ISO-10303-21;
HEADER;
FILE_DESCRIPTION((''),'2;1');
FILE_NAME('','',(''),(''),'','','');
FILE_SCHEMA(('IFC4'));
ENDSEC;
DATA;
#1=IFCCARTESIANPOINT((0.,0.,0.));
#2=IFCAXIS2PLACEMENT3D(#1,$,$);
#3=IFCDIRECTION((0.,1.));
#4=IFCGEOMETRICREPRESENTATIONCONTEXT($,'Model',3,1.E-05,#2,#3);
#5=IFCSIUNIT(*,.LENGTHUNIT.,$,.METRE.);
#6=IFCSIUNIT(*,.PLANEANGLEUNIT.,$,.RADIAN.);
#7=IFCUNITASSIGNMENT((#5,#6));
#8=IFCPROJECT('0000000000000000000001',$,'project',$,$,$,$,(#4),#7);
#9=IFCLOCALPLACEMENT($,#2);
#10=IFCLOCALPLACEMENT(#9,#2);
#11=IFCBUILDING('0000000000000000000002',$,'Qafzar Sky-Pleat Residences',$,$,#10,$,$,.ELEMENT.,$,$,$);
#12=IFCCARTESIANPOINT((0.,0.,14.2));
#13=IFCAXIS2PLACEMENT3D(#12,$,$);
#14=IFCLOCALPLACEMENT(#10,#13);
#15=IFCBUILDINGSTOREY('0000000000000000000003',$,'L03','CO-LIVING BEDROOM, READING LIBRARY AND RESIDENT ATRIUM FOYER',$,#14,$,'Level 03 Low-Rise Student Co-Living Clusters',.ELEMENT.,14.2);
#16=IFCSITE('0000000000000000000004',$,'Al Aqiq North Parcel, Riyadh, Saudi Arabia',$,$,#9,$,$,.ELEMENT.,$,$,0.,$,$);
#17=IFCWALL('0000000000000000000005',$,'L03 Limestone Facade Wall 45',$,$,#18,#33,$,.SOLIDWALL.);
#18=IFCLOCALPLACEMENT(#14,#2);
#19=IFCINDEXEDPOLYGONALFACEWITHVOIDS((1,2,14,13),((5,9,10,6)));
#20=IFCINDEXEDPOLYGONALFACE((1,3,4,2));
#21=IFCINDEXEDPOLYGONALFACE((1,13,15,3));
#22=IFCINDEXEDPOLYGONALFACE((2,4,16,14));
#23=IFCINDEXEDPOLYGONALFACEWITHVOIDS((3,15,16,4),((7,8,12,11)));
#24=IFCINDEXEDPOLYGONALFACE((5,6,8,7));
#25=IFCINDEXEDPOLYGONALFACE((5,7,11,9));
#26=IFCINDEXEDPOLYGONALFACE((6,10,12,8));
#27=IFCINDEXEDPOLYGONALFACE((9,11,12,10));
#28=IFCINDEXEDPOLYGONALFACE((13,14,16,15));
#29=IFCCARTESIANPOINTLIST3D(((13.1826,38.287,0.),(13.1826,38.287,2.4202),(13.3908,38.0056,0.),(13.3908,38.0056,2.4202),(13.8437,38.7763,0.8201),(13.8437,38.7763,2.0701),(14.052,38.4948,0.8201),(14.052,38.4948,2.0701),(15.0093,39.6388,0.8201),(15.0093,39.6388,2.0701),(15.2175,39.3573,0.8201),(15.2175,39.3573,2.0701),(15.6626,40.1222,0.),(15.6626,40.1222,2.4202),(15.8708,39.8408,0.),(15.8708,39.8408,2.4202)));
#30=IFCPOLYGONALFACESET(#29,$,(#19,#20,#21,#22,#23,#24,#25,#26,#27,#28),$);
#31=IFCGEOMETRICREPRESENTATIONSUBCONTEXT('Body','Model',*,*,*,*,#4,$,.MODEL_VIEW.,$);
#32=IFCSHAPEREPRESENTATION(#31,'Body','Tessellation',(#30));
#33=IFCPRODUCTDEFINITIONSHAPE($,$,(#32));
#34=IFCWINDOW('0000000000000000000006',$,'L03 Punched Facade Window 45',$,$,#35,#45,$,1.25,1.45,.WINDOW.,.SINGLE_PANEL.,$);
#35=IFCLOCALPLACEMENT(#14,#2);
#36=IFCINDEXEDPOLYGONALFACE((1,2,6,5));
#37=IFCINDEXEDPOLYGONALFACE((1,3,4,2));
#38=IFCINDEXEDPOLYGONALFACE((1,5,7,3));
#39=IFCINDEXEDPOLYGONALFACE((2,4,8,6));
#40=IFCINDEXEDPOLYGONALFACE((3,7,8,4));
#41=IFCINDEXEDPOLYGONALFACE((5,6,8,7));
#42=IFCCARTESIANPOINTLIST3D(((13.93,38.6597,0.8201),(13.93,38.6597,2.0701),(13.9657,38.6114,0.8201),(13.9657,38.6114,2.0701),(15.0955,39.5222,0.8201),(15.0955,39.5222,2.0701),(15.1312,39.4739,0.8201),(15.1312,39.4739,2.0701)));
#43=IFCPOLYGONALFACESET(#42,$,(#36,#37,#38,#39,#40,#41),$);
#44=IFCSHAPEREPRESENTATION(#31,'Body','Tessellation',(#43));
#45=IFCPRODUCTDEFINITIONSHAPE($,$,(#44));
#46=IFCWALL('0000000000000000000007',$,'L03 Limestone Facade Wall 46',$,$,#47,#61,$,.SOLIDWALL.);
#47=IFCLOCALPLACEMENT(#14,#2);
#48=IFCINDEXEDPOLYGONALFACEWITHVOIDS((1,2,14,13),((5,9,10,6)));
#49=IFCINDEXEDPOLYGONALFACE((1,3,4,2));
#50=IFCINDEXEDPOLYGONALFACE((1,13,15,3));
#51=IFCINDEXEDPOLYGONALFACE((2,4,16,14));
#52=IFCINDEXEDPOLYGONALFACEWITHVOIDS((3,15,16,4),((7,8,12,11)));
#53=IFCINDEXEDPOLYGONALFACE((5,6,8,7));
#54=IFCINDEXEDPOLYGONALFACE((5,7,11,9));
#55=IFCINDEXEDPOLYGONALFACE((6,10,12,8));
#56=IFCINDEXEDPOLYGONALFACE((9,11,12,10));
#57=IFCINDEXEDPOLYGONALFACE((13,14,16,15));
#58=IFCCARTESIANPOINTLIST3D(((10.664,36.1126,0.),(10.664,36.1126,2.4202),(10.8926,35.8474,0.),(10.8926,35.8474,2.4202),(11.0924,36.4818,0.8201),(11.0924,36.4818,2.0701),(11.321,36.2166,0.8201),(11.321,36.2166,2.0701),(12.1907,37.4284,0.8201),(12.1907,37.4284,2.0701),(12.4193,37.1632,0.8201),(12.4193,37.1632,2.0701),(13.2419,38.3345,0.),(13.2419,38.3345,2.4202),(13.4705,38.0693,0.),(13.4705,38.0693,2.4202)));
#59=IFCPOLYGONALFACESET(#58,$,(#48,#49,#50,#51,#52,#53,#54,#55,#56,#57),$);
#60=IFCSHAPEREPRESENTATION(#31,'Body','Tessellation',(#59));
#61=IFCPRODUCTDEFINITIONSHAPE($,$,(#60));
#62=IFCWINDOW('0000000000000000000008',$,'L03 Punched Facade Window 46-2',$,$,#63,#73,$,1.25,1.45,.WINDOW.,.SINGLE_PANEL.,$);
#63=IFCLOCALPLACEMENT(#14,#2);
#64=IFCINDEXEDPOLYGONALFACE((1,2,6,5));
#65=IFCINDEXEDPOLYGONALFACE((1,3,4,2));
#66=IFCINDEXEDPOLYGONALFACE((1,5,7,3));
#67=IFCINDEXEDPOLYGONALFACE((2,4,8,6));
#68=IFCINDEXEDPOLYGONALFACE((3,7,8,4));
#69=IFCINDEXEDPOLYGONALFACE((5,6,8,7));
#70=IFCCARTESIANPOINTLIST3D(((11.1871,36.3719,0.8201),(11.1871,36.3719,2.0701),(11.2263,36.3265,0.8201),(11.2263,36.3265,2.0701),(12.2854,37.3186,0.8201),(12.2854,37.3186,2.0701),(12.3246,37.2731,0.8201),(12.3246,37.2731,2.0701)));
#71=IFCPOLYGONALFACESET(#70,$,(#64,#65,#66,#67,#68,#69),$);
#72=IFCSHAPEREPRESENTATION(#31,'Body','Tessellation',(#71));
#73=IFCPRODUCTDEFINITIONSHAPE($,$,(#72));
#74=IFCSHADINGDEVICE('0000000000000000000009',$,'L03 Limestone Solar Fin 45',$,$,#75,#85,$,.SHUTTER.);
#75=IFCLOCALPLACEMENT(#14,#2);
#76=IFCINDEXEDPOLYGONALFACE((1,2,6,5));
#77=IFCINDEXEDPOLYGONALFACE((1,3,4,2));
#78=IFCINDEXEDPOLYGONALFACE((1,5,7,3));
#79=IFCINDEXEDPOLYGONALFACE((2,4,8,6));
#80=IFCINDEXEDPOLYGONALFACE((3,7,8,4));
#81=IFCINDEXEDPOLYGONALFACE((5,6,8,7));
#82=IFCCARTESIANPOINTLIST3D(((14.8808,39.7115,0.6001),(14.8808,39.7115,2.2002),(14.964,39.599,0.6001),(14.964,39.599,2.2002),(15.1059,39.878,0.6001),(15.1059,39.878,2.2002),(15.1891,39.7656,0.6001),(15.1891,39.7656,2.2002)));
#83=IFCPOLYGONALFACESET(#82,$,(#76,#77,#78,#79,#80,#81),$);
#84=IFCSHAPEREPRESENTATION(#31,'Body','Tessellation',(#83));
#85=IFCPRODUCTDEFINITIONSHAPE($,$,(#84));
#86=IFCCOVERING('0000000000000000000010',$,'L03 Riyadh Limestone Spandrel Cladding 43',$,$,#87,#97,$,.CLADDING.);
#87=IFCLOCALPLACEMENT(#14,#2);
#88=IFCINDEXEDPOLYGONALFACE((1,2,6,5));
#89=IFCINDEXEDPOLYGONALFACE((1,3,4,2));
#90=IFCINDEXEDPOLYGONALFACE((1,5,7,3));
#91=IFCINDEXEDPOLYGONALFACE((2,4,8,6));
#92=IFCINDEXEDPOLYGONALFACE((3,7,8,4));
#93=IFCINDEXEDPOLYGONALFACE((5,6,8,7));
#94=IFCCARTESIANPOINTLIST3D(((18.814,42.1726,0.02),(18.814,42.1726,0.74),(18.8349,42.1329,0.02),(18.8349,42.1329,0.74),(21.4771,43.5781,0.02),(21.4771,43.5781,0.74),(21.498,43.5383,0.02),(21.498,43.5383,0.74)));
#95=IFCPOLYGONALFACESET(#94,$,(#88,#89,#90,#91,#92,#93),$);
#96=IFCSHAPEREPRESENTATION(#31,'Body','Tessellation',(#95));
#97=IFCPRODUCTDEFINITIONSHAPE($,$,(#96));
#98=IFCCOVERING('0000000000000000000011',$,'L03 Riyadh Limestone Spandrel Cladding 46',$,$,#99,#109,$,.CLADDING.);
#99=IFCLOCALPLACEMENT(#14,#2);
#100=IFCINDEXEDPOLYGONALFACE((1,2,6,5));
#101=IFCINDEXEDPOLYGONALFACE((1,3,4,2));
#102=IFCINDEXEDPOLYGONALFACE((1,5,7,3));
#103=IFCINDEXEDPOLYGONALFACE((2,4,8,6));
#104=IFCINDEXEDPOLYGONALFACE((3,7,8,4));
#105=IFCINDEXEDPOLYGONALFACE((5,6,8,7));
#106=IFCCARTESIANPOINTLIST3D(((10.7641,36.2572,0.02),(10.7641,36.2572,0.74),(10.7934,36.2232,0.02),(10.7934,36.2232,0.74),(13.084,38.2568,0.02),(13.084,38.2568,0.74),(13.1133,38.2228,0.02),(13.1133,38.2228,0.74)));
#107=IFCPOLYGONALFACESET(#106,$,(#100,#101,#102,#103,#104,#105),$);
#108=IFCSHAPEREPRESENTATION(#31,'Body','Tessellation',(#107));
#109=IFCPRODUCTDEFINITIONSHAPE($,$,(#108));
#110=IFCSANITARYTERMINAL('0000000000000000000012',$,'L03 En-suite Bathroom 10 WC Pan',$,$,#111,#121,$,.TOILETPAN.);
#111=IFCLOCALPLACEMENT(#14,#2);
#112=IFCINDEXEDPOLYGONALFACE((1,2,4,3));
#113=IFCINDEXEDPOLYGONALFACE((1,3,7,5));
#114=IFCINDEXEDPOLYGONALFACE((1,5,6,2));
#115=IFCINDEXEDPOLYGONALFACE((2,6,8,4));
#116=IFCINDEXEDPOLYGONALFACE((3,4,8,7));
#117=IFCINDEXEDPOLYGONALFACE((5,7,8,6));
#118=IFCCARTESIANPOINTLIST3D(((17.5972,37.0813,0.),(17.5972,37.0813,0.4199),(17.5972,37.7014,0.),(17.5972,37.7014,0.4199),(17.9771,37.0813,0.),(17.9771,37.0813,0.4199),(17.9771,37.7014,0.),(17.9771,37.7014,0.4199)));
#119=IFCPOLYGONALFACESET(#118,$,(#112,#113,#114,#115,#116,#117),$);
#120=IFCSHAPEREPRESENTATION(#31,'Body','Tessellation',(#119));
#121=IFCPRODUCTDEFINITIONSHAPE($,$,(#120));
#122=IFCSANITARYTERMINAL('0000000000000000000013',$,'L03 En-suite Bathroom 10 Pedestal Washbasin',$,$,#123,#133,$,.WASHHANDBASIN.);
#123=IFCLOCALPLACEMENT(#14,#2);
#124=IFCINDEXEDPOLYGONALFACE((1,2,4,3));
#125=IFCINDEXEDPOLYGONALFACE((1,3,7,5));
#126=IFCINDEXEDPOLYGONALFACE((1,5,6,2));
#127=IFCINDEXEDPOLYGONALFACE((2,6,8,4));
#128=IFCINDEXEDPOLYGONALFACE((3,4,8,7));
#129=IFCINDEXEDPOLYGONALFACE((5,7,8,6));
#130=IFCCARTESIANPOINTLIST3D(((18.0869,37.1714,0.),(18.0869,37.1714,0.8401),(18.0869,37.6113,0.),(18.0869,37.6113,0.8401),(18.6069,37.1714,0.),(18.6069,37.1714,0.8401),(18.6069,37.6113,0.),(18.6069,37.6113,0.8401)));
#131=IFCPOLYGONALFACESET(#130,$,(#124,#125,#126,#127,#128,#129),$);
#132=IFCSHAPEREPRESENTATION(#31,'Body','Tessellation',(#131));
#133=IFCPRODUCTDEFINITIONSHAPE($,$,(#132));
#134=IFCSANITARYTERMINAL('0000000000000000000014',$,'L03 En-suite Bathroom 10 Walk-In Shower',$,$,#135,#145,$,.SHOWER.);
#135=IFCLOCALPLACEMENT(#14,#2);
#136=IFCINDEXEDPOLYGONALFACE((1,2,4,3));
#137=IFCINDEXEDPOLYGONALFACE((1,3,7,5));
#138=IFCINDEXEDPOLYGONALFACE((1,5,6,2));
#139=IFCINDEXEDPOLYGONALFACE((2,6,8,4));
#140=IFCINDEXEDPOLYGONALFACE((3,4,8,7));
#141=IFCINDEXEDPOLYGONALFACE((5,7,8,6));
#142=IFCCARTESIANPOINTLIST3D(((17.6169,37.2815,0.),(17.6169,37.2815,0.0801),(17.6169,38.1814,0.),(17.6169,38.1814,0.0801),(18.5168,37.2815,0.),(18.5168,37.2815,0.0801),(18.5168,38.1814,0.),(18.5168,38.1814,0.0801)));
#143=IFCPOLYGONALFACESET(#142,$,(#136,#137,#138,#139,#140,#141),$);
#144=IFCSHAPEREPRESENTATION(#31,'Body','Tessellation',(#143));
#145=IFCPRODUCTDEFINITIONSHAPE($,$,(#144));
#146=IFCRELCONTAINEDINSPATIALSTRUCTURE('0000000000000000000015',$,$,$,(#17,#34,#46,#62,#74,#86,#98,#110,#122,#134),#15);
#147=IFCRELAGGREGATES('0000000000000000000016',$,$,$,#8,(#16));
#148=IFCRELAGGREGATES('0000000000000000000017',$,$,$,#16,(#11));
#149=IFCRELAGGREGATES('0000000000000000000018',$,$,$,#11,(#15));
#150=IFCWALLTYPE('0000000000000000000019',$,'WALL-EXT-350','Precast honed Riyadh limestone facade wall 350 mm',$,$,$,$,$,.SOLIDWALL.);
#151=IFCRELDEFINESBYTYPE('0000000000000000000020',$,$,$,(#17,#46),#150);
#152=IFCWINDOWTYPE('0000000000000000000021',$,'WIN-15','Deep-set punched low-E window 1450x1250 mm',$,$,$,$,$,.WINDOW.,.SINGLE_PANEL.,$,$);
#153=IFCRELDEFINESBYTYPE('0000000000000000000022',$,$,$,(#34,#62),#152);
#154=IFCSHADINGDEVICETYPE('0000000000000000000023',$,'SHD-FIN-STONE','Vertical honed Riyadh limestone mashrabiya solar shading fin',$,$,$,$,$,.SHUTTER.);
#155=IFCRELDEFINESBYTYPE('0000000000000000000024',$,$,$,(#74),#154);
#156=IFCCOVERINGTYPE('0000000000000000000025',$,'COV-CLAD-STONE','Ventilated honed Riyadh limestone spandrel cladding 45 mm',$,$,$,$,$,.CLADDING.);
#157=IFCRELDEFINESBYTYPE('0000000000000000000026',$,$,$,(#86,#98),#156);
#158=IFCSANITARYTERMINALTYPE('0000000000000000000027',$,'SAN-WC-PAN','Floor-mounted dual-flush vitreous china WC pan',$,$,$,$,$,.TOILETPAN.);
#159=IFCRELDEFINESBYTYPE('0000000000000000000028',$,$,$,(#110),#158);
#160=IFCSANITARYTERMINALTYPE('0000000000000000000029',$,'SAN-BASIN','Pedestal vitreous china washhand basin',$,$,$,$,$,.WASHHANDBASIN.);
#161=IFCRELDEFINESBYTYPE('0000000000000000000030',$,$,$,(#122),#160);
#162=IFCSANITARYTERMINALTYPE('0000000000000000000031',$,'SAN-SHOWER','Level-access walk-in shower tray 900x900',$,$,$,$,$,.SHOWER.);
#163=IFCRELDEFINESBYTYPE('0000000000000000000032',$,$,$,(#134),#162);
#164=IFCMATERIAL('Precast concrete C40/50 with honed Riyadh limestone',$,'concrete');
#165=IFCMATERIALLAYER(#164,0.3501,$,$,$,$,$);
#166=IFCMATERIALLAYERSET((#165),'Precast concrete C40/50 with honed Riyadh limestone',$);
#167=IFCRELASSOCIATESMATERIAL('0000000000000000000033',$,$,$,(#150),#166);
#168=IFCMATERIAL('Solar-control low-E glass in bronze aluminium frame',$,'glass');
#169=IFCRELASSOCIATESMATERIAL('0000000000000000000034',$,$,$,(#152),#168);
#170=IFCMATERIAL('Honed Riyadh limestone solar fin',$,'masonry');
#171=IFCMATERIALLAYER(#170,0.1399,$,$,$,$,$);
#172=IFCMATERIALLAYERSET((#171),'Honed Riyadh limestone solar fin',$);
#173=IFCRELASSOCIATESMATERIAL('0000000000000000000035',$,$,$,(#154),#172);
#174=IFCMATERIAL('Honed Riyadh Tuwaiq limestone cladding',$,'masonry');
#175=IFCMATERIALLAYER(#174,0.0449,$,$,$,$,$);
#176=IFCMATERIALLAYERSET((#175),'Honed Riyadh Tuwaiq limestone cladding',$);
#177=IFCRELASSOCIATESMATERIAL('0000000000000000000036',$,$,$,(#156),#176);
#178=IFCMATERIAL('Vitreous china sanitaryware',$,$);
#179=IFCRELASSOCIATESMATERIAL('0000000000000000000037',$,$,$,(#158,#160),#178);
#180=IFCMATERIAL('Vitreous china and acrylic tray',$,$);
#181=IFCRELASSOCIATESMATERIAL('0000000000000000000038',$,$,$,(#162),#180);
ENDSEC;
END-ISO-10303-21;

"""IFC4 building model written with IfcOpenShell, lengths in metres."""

from ifc_helpers import new_model, si_unit, direction, frame, frame_2d, origin, origin_2d, place, context, subcontext, project, spatial, rectangle, extrude, source, transform, mapped, material, layer, layer_set, type_object, element, fill, save


model = new_model("IFC4")

# Units and contexts
model_context = context("Model", 3, precision=1e-05, world=origin(), true_north=direction((0.0, 1.0)))
body_context = subcontext(model_context, "Body", "Model", "MODEL_VIEW")
ifc_project = project(units=[si_unit("LENGTHUNIT", "METRE"), si_unit("PLANEANGLEUNIT", "RADIAN")], contexts=[model_context])

# Site, building, storey
site_placement = place(None, origin())
site = spatial("IfcSite", under=ifc_project, at=site_placement, Name="Al Aqiq North Parcel, Riyadh, Saudi Arabia", CompositionType="ELEMENT", RefElevation=0.0)
building_placement = place(site_placement, origin())
building = spatial("IfcBuilding", under=site, at=building_placement, Name="Qafzar Sky-Pleat Residences", CompositionType="ELEMENT")
storey_placement = place(building_placement, frame((0.0, 0.0, 14.2)))
storey = spatial("IfcBuildingStorey", under=building, at=storey_placement, Name="L03", Description="CO-LIVING BEDROOM, READING LIBRARY AND RESIDENT ATRIUM FOYER", LongName="Level 03 Low-Rise Student Co-Living Clusters", CompositionType="ELEMENT", Elevation=14.2)

# Walls, openings, windows
ifc_material_1 = material(Name="Precast concrete C40/50 with honed Riyadh limestone", Category="concrete")
ifc_layer_1 = layer(ifc_material_1, 0.3501)
ifc_layer_set_1 = layer_set([ifc_layer_1], Name="Precast concrete C40/50 with honed Riyadh limestone")
wall_type_1 = type_object("IfcWallType", Name="WALL-EXT-350", Description="Precast honed Riyadh limestone facade wall 350 mm", PredefinedType="SOLIDWALL", material=ifc_layer_set_1)
ifc_material_2 = material(Name="Solar-control low-E glass in bronze aluminium frame", Category="glass")
wall_1_placement = place(storey_placement, frame((15.7666, 39.9814, 0.0), z_axis=(0.0, 0.0, 1.0), x_axis=(-0.803839, -0.594847, 0.0)))
wall_1 = element("IfcWall", 1, at=wall_1_placement, inside=storey, type_object=wall_type_1, Name="L03 Limestone Facade Wall 45", PredefinedType="SOLIDWALL", context=body_context, shape_type="SweptSolid", body=[
    extrude(rectangle(XDim=3.0852, YDim=0.3501, at=frame_2d((1.5425, 0.0))), origin(), (0.0, 0.0, 1.0), 2.4202),
])
opening_1_placement = place(wall_1_placement, frame((0.8125, 0.0, 0.8201)))
opening_1 = element("IfcOpeningElement", 2, at=opening_1_placement, cuts=wall_1, PredefinedType="OPENING", context=body_context, shape_type="SweptSolid", body=[
    extrude(rectangle(XDim=1.45, YDim=1.25, at=frame_2d((0.7251, 0.625))), frame((0.0, 0.1851, 0.0), z_axis=(0.0, -1.0, 0.0), x_axis=(1.0, 0.0, 0.0)), (0.0, 0.0, 1.0), 0.3701),
])
window_type_1 = type_object("IfcWindowType", Name="WIN-15", Description="Deep-set punched low-E window 1450x1250 mm", PartitioningType="SINGLE_PANEL", PredefinedType="WINDOW", material=ifc_material_2)
shared_shape_1 = source(origin(), body_context, "Body", "SweptSolid", [
    extrude(rectangle(XDim=1.45, YDim=1.25, at=frame_2d((0.7251, 0.625))), frame((0.0, 0.03, 0.0), z_axis=(0.0, -1.0, 0.0), x_axis=(1.0, 0.0, 0.0)), (0.0, 0.0, 1.0), 0.0601),
])
window_1_placement = place(opening_1_placement, origin())
window_1 = element("IfcWindow", 3, at=window_1_placement, inside=storey, type_object=window_type_1, Name="L03 Punched Facade Window 45", OverallHeight=1.25, OverallWidth=1.45, PartitioningType="SINGLE_PANEL", PredefinedType="WINDOW", context=body_context, shape_type="MappedRepresentation", body=[
    mapped(shared_shape_1, transform((0.0, 0.0, 0.0), x_axis=(1.0, 0.0, 0.0), y_axis=(0.0, 1.0, 0.0), z_axis=(0.0, 0.0, 1.0), scale=1.0)),
])
fill(opening_1, window_1)
wall_2_placement = place(storey_placement, frame((13.3562, 38.2019, 0.0), z_axis=(0.0, 0.0, 1.0), x_axis=(-0.757466, -0.652874, 0.0)))
wall_2 = element("IfcWall", 4, at=wall_2_placement, inside=storey, type_object=wall_type_1, Name="L03 Limestone Facade Wall 46", PredefinedType="SOLIDWALL", context=body_context, shape_type="SweptSolid", body=[
    extrude(rectangle(XDim=3.4033, YDim=0.3501, at=frame_2d((1.7017, 0.0))), origin(), (0.0, 0.0, 1.0), 2.4202),
])
opening_2_placement = place(wall_2_placement, frame((1.3877, 0.0, 0.8201)))
opening_2 = element("IfcOpeningElement", 5, at=opening_2_placement, cuts=wall_2, PredefinedType="OPENING", context=body_context, shape_type="SweptSolid", body=[
    extrude(rectangle(XDim=1.45, YDim=1.25, at=frame_2d((0.7251, 0.625))), frame((0.0, 0.1851, 0.0), z_axis=(0.0, -1.0, 0.0), x_axis=(1.0, 0.0, 0.0)), (0.0, 0.0, 1.0), 0.3701),
])
window_2_placement = place(opening_2_placement, origin())
window_2 = element("IfcWindow", 6, at=window_2_placement, inside=storey, type_object=window_type_1, Name="L03 Punched Facade Window 46-2", OverallHeight=1.25, OverallWidth=1.45, PartitioningType="SINGLE_PANEL", PredefinedType="WINDOW", context=body_context, shape_type="MappedRepresentation", body=[
    mapped(shared_shape_1, transform((0.0, 0.0, 0.0), x_axis=(1.0, 0.0, 0.0), y_axis=(0.0, 1.0, 0.0), z_axis=(0.0, 0.0, 1.0), scale=1.0)),
])
fill(opening_2, window_2)

# Shading device
ifc_material_3 = material(Name="Honed Riyadh limestone solar fin", Category="masonry")
ifc_layer_2 = layer(ifc_material_3, 0.1399)
ifc_layer_set_2 = layer_set([ifc_layer_2], Name="Honed Riyadh limestone solar fin")
shading_device_type = type_object("IfcShadingDeviceType", Name="SHD-FIN-STONE", Description="Vertical honed Riyadh limestone mashrabiya solar shading fin", PredefinedType="SHUTTER", material=ifc_layer_set_2)
shared_shape_2 = source(origin(), body_context, "Body", "SweptSolid", [
    extrude(rectangle(XDim=0.1399, YDim=0.28, at=origin_2d()), origin(), (0.0, 0.0, 1.0), 1.6001),
])
shading_device_placement = place(storey_placement, frame((15.0349, 39.7385, 0.6001), z_axis=(0.0, 0.0, 1.0), x_axis=(-0.594868, 0.803823, 0.0)))
element("IfcShadingDevice", 7, at=shading_device_placement, inside=storey, type_object=shading_device_type, Name="L03 Limestone Solar Fin 45", PredefinedType="SHUTTER", context=body_context, shape_type="MappedRepresentation", body=[
    mapped(shared_shape_2, transform((0.0, 0.0, 0.0), x_axis=(1.0, 0.0, 0.0), y_axis=(0.0, 1.0, 0.0), z_axis=(0.0, 0.0, 1.0), scale=1.0)),
])

# Coverings
ifc_material_4 = material(Name="Honed Riyadh Tuwaiq limestone cladding", Category="masonry")
ifc_layer_3 = layer(ifc_material_4, 0.0449)
ifc_layer_set_3 = layer_set([ifc_layer_3], Name="Honed Riyadh Tuwaiq limestone cladding")
covering_type = type_object("IfcCoveringType", Name="COV-CLAD-STONE", Description="Ventilated honed Riyadh limestone spandrel cladding 45 mm", PredefinedType="CLADDING", material=ifc_layer_set_3)
shared_shape_3 = source(origin(), body_context, "Body", "SweptSolid", [
    extrude(rectangle(XDim=3.0112, YDim=0.0449, at=origin_2d()), origin(), (0.0, 0.0, 1.0), 0.72),
])
covering_1_placement = place(storey_placement, frame((20.156, 42.8555, 0.02), z_axis=(0.0, 0.0, 1.0), x_axis=(-0.884391, -0.466748, 0.0)))
element("IfcCovering", 8, at=covering_1_placement, inside=storey, type_object=covering_type, Name="L03 Riyadh Limestone Spandrel Cladding 43", PredefinedType="CLADDING", context=body_context, shape_type="MappedRepresentation", body=[
    mapped(shared_shape_3, transform((0.0, 0.0, 0.0), x_axis=(1.0, 0.0, 0.0), y_axis=(0.0, 1.0, 0.0), z_axis=(0.0, 0.0, 1.0), scale=1.0)),
])
shared_shape_4 = source(origin(), body_context, "Body", "SweptSolid", [
    extrude(rectangle(XDim=3.0627, YDim=0.0449, at=origin_2d()), origin(), (0.0, 0.0, 1.0), 0.72),
])
covering_2_placement = place(storey_placement, frame((11.9387, 37.24, 0.02), z_axis=(0.0, 0.0, 1.0), x_axis=(-0.757462, -0.65288, 0.0)))
element("IfcCovering", 9, at=covering_2_placement, inside=storey, type_object=covering_type, Name="L03 Riyadh Limestone Spandrel Cladding 46", PredefinedType="CLADDING", context=body_context, shape_type="MappedRepresentation", body=[
    mapped(shared_shape_4, transform((0.0, 0.0, 0.0), x_axis=(1.0, 0.0, 0.0), y_axis=(0.0, 1.0, 0.0), z_axis=(0.0, 0.0, 1.0), scale=1.0)),
])

# Sanitary terminals
ifc_material_5 = material(Name="Vitreous china sanitaryware")
sanitary_terminal_type_1 = type_object("IfcSanitaryTerminalType", Name="SAN-WC-PAN", Description="Floor-mounted dual-flush vitreous china WC pan", PredefinedType="TOILETPAN", material=ifc_material_5)
shared_shape_5 = source(origin(), body_context, "Body", "SweptSolid", [
    extrude(rectangle(XDim=0.3799, YDim=0.6201, at=origin_2d()), origin(), (0.0, 0.0, 1.0), 0.4199),
])
sanitary_terminal_1_placement = place(storey_placement, frame((17.7871, 37.3914, 0.0), z_axis=(0.0, 0.0, 1.0), x_axis=(1.0, 0.0, 0.0)))
element("IfcSanitaryTerminal", 10, at=sanitary_terminal_1_placement, inside=storey, type_object=sanitary_terminal_type_1, Name="L03 En-suite Bathroom 10 WC Pan", PredefinedType="TOILETPAN", context=body_context, shape_type="MappedRepresentation", body=[
    mapped(shared_shape_5, transform((0.0, 0.0, 0.0), x_axis=(1.0, 0.0, 0.0), y_axis=(0.0, 1.0, 0.0), z_axis=(0.0, 0.0, 1.0), scale=1.0)),
])
sanitary_terminal_type_2 = type_object("IfcSanitaryTerminalType", Name="SAN-BASIN", Description="Pedestal vitreous china washhand basin", PredefinedType="WASHHANDBASIN", material=ifc_material_5)
shared_shape_6 = source(origin(), body_context, "Body", "SweptSolid", [
    extrude(rectangle(XDim=0.52, YDim=0.4399, at=origin_2d()), origin(), (0.0, 0.0, 1.0), 0.8401),
])
sanitary_terminal_2_placement = place(storey_placement, frame((18.3469, 37.3914, 0.0), z_axis=(0.0, 0.0, 1.0), x_axis=(1.0, 0.0, 0.0)))
element("IfcSanitaryTerminal", 11, at=sanitary_terminal_2_placement, inside=storey, type_object=sanitary_terminal_type_2, Name="L03 En-suite Bathroom 10 Pedestal Washbasin", PredefinedType="WASHHANDBASIN", context=body_context, shape_type="MappedRepresentation", body=[
    mapped(shared_shape_6, transform((0.0, 0.0, 0.0), x_axis=(1.0, 0.0, 0.0), y_axis=(0.0, 1.0, 0.0), z_axis=(0.0, 0.0, 1.0), scale=1.0)),
])
ifc_material_6 = material(Name="Vitreous china and acrylic tray")
sanitary_terminal_type_3 = type_object("IfcSanitaryTerminalType", Name="SAN-SHOWER", Description="Level-access walk-in shower tray 900x900", PredefinedType="SHOWER", material=ifc_material_6)
shared_shape_7 = source(origin(), body_context, "Body", "SweptSolid", [
    extrude(rectangle(XDim=0.8999, YDim=0.8999, at=origin_2d()), origin(), (0.0, 0.0, 1.0), 0.0801),
])
sanitary_terminal_3_placement = place(storey_placement, frame((18.0669, 37.7314, 0.0), z_axis=(0.0, 0.0, 1.0), x_axis=(1.0, 0.0, 0.0)))
element("IfcSanitaryTerminal", 12, at=sanitary_terminal_3_placement, inside=storey, type_object=sanitary_terminal_type_3, Name="L03 En-suite Bathroom 10 Walk-In Shower", PredefinedType="SHOWER", context=body_context, shape_type="MappedRepresentation", body=[
    mapped(shared_shape_7, transform((0.0, 0.0, 0.0), x_axis=(1.0, 0.0, 0.0), y_axis=(0.0, 1.0, 0.0), z_axis=(0.0, 0.0, 1.0), scale=1.0)),
])

save(model, "model.ifc")
